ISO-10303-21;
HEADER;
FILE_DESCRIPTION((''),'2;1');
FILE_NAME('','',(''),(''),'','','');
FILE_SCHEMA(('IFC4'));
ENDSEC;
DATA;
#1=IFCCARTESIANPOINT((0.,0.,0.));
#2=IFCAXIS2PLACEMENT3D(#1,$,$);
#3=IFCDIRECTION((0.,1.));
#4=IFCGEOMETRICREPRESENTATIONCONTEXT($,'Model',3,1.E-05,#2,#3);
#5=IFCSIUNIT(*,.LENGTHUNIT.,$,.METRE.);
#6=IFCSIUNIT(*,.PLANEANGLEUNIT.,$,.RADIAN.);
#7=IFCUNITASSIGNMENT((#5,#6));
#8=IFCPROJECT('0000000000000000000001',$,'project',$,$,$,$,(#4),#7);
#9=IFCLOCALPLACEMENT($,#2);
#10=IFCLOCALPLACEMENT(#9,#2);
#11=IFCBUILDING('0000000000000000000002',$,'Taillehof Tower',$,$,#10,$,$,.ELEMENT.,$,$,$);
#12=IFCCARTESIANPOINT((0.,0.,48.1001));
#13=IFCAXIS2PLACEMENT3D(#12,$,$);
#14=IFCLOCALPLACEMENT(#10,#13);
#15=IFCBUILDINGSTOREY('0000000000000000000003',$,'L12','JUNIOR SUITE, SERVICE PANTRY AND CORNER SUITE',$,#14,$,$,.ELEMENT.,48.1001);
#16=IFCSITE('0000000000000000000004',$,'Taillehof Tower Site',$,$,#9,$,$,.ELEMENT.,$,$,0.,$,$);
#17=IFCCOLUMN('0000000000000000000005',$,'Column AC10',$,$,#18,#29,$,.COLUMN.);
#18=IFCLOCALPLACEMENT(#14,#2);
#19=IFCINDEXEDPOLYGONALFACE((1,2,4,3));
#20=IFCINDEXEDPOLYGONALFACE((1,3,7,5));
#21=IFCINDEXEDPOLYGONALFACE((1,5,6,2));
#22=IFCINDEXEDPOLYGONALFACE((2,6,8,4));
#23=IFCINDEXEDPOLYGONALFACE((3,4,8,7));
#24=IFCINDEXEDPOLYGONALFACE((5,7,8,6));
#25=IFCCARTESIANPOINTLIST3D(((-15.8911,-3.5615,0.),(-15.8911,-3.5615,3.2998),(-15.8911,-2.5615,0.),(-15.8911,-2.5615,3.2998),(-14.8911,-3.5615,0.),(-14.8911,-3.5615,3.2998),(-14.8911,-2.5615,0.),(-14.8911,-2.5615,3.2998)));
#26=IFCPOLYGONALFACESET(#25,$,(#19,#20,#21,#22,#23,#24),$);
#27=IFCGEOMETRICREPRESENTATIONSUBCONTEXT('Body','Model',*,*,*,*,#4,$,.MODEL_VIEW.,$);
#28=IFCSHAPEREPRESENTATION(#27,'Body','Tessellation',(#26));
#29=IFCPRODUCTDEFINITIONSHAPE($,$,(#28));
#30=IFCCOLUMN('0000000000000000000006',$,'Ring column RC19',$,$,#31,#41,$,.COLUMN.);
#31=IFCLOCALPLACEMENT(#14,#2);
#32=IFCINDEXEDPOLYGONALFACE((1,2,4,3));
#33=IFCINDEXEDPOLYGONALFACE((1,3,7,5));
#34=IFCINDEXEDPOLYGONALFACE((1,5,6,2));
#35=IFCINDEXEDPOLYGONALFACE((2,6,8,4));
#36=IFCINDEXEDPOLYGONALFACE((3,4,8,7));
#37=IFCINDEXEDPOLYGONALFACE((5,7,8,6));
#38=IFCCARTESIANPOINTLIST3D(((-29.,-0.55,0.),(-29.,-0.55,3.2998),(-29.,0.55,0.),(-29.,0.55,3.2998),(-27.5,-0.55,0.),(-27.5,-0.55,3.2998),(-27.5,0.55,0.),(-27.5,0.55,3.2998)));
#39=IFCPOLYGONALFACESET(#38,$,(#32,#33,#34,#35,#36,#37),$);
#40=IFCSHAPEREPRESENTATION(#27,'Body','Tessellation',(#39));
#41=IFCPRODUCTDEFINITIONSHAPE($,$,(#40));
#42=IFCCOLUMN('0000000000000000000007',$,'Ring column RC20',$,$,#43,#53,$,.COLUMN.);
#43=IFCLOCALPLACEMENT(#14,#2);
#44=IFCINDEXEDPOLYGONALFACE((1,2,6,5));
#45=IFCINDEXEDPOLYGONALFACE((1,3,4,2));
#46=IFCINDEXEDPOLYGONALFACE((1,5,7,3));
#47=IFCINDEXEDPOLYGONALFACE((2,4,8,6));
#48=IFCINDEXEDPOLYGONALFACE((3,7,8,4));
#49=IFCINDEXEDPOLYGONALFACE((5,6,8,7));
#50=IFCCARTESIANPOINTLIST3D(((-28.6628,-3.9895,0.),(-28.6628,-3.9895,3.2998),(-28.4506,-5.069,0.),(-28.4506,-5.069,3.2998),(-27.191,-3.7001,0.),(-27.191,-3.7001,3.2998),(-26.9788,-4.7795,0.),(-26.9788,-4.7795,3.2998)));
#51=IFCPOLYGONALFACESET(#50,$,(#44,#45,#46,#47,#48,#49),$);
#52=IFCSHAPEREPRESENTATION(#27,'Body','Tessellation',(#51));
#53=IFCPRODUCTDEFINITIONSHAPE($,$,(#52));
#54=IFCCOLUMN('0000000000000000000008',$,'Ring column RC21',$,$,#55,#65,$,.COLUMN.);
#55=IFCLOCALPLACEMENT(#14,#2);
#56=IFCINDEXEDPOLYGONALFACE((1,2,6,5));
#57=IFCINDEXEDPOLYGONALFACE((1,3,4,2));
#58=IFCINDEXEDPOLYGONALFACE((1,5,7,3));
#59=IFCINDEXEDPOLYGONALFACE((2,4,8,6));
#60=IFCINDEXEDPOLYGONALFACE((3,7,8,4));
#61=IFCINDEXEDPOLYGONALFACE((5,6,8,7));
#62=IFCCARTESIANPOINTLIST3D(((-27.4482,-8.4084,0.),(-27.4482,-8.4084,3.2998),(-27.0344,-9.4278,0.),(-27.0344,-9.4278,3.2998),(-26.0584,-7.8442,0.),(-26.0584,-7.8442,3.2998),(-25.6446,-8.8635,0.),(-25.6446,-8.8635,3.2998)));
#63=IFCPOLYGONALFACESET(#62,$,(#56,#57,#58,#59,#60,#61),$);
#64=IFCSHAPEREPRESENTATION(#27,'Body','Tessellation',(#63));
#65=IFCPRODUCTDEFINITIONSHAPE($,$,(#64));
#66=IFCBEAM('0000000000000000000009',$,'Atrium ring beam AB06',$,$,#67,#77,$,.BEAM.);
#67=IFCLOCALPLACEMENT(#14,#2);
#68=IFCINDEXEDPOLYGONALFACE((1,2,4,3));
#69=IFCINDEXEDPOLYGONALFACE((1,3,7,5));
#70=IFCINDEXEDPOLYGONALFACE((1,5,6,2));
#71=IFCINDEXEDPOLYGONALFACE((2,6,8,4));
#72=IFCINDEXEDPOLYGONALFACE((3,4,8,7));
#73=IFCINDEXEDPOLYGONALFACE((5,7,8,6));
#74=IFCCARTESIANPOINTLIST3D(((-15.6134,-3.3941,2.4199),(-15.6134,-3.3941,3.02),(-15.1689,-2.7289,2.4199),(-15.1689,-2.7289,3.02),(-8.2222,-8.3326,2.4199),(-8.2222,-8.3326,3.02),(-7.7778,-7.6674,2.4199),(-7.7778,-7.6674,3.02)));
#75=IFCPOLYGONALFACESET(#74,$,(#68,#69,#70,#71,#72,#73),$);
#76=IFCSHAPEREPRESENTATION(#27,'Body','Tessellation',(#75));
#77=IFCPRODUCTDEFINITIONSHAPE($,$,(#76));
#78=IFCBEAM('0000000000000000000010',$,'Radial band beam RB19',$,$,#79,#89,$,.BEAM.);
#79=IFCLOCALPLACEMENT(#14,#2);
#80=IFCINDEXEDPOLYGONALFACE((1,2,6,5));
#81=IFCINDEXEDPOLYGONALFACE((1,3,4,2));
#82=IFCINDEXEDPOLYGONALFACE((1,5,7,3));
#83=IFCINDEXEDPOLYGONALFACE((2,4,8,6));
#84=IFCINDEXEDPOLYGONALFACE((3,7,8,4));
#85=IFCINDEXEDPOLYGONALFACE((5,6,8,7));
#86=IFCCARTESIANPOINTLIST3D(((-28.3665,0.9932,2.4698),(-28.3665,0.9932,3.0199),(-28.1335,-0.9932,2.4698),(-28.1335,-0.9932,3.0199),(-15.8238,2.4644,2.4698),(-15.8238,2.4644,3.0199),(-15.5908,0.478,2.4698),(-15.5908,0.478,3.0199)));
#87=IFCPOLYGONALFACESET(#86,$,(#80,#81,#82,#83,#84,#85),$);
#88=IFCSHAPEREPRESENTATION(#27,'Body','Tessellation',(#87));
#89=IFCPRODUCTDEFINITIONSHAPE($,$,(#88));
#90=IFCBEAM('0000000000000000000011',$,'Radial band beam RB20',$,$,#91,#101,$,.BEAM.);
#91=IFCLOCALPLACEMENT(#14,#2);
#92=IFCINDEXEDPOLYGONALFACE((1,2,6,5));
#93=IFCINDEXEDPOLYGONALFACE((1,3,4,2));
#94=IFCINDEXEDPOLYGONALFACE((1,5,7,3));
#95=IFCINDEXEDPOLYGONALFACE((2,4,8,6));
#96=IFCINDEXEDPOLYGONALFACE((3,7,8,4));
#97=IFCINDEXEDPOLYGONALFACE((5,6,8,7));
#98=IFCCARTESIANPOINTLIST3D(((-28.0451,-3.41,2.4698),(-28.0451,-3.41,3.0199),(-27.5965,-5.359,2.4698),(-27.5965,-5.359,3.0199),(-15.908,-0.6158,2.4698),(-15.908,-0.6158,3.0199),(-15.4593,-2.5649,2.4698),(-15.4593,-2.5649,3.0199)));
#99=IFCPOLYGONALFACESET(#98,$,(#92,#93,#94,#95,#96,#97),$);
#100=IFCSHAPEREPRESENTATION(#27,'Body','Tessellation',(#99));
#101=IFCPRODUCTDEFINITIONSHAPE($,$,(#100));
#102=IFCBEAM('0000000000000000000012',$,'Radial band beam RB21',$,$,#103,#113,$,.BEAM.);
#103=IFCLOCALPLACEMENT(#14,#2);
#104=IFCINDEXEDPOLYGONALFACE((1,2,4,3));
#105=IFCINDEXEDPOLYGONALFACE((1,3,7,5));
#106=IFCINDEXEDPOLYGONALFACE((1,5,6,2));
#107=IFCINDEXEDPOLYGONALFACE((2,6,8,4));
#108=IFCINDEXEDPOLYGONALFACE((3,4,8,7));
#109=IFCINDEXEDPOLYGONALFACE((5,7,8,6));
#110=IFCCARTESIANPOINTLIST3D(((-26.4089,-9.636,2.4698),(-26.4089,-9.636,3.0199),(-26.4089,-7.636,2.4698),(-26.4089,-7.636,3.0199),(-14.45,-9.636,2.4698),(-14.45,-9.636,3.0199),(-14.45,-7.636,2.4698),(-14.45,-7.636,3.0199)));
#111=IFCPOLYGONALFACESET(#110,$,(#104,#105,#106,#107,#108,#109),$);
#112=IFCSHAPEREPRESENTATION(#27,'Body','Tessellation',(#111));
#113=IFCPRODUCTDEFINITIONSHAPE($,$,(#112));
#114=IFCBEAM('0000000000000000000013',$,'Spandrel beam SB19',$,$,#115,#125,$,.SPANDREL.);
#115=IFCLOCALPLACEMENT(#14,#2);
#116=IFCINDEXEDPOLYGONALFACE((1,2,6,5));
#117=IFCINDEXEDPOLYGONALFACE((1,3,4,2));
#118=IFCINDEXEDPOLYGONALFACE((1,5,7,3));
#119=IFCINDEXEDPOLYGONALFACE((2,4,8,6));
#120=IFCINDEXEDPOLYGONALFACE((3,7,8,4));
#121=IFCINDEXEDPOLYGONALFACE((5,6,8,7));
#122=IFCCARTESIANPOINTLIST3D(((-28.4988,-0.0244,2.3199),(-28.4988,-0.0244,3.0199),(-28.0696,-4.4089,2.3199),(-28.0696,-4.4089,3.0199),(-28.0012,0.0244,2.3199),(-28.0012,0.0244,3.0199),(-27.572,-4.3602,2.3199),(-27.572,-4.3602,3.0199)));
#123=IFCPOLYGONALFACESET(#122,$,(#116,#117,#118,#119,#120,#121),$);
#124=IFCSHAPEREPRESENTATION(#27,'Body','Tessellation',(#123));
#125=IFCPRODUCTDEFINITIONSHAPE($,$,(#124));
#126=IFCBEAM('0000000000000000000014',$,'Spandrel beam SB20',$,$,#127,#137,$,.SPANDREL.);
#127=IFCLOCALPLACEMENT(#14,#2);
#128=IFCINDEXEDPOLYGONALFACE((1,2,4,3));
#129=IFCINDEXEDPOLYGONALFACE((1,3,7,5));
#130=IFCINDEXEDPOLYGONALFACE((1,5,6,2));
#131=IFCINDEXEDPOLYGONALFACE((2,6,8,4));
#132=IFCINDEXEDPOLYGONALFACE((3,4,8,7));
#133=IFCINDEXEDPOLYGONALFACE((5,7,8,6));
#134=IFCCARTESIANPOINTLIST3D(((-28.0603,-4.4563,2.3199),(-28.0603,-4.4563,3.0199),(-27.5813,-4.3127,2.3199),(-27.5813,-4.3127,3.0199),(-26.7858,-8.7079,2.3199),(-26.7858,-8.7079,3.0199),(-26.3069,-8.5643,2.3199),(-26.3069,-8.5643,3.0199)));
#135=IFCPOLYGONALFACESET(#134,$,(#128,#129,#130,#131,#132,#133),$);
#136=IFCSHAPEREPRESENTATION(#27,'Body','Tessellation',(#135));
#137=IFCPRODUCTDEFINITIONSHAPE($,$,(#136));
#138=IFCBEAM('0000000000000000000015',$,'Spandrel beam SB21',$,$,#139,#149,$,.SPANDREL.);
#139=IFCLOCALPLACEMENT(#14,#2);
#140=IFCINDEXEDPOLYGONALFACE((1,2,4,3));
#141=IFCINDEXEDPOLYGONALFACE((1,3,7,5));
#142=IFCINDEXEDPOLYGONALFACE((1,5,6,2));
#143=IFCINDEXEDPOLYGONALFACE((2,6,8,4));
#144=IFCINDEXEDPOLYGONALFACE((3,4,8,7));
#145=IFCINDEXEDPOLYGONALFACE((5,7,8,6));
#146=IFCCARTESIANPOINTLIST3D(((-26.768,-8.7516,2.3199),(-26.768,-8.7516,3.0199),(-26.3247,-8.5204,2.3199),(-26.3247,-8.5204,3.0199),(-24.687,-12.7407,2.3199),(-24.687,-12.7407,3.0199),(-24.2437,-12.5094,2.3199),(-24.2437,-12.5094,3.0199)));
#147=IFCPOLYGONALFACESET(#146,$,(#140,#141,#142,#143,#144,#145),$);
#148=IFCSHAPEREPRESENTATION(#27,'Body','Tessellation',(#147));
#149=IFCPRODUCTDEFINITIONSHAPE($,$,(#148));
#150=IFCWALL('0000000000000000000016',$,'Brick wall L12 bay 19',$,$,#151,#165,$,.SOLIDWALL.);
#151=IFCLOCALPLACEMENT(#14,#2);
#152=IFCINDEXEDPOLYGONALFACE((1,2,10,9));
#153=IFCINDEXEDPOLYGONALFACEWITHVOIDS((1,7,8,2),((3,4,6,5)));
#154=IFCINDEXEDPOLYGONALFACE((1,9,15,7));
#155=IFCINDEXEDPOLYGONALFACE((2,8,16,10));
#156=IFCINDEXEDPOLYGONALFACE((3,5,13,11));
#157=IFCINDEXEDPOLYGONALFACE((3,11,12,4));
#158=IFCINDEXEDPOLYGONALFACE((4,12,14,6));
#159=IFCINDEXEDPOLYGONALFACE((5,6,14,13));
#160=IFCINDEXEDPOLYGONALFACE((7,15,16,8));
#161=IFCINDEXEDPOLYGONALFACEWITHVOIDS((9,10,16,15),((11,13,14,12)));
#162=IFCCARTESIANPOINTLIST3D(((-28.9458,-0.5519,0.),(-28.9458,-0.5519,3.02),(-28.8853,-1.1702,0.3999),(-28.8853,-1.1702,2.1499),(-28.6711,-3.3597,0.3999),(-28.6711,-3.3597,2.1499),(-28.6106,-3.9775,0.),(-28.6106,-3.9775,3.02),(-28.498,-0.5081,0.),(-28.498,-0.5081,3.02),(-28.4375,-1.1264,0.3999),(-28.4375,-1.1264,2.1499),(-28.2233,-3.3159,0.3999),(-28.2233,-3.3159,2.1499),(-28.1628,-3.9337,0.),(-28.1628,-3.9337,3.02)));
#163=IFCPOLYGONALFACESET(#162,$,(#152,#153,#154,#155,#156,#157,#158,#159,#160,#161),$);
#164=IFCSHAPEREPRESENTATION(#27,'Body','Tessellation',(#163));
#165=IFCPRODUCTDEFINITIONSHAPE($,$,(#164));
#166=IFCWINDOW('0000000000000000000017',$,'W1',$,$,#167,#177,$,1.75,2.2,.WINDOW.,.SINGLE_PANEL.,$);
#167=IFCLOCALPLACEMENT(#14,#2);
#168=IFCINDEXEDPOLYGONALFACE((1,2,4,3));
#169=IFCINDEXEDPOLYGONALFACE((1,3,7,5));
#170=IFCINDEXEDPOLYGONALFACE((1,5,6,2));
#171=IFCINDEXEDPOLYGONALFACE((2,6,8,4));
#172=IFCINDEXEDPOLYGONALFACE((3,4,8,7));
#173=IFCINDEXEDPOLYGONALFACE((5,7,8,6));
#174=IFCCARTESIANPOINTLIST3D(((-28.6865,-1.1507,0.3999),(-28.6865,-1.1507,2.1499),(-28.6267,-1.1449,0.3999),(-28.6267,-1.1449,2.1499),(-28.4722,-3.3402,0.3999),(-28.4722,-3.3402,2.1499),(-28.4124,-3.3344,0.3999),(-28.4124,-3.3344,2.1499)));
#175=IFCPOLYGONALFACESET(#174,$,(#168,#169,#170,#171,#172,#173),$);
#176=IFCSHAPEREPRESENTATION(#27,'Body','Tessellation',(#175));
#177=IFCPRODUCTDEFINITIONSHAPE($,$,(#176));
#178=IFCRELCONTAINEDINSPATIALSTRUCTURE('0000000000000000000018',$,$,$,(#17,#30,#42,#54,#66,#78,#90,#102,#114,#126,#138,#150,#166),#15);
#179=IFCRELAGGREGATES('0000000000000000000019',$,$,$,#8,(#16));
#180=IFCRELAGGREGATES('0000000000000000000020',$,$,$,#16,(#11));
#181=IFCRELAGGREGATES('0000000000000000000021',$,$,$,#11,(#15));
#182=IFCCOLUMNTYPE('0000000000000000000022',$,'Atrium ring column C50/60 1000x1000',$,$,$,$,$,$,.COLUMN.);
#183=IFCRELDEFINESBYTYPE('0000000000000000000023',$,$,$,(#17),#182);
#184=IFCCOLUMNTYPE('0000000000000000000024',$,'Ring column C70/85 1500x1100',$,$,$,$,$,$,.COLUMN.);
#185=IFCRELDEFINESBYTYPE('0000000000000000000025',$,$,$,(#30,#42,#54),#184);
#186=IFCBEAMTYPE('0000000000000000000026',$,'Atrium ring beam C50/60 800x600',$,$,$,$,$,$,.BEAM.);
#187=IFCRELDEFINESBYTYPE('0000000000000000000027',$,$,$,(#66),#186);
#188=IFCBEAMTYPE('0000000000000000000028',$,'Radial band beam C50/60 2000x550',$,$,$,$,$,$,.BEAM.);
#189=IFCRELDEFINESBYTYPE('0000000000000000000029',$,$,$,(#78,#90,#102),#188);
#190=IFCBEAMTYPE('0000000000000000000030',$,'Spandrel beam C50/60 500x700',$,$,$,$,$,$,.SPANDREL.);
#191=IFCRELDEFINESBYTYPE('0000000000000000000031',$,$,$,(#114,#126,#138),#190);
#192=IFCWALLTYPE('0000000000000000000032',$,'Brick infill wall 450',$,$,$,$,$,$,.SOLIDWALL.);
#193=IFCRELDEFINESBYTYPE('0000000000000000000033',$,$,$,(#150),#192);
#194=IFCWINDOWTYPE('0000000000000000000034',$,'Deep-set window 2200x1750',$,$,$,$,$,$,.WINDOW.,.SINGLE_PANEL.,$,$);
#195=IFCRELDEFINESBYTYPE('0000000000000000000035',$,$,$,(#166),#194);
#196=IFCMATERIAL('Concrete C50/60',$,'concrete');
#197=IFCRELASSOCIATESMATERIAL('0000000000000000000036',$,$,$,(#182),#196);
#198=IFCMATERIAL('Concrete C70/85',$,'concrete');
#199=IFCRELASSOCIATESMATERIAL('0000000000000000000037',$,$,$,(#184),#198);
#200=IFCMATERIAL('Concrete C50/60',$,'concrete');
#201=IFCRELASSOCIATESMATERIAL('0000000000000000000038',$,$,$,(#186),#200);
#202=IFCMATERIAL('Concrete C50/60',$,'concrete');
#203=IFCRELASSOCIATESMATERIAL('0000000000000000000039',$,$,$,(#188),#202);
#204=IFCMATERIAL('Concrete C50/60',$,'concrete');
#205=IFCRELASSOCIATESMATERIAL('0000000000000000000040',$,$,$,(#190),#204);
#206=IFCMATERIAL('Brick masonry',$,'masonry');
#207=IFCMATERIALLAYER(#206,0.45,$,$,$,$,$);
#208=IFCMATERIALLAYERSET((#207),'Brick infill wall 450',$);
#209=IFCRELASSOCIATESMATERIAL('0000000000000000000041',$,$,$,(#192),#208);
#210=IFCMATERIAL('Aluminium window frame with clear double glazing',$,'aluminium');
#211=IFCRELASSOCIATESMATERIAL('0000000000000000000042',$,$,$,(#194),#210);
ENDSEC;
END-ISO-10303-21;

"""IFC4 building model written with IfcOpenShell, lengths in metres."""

from ifc_helpers import new_model, si_unit, direction, frame, frame_2d, origin, origin_2d, place, context, subcontext, project, spatial, rectangle, extrude, material, layer, layer_set, material_profile, profile_set, type_object, element, fill, save


model = new_model("IFC4")

# Units and contexts
model_context = context("Model", 3, precision=1e-05, world=origin(), true_north=direction((0.0, 1.0)))
body_context = subcontext(model_context, "Body", "Model", "MODEL_VIEW")
ifc_project = project(units=[si_unit("LENGTHUNIT", "METRE"), si_unit("PLANEANGLEUNIT", "RADIAN")], contexts=[model_context])

# Site, building, storey
site_placement = place(None, origin())
site = spatial("IfcSite", under=ifc_project, at=site_placement, Name="Taillehof Tower Site", CompositionType="ELEMENT", RefElevation=0.0)
building_placement = place(site_placement, origin())
building = spatial("IfcBuilding", under=site, at=building_placement, Name="Taillehof Tower", CompositionType="ELEMENT")
storey_placement = place(building_placement, frame((0.0, 0.0, 48.1001)))
storey = spatial("IfcBuildingStorey", under=building, at=storey_placement, Name="L12", Description="JUNIOR SUITE, SERVICE PANTRY AND CORNER SUITE", CompositionType="ELEMENT", Elevation=48.1001)

# Columns
ifc_material_1 = material(Name="Concrete C50/60", Category="concrete")
ifc_material_profile_1 = material_profile(ifc_material_1, rectangle(XDim=1.0, YDim=1.0, at=origin_2d()), Name="RC 1000x1000")
ifc_profile_set_1 = profile_set([ifc_material_profile_1], Name="Concrete C50/60")
column_type_1 = type_object("IfcColumnType", Name="Atrium ring column C50/60 1000x1000", PredefinedType="COLUMN", material=ifc_profile_set_1)
column_placement = place(storey_placement, frame((-15.3911, -3.0615, 0.0), z_axis=(0.0, 0.0, 1.0), x_axis=(1.0, 0.0, 0.0)))
element("IfcColumn", 1, at=column_placement, inside=storey, type_object=column_type_1, Name="Column AC10", PredefinedType="COLUMN", context=body_context, shape_type="SweptSolid", body=[
    extrude(rectangle(XDim=1.0, YDim=1.0, at=origin_2d()), origin(), (0.0, 0.0, 1.0), 3.2998),
])
ifc_material_2 = material(Name="Concrete C70/85", Category="concrete")
ifc_material_profile_2 = material_profile(ifc_material_2, rectangle(XDim=1.5, YDim=1.1001, at=origin_2d()), Name="RC 1500x1100")
ifc_profile_set_2 = profile_set([ifc_material_profile_2], Name="Concrete C70/85")
column_type_2 = type_object("IfcColumnType", Name="Ring column C70/85 1500x1100", PredefinedType="COLUMN", material=ifc_profile_set_2)
for number, where, z_axis, x_axis, name in (
    (2, (-28.25, 0.0, 0.0), (0.0, 0.0, 1.0), (-1.0, 0.0, 0.0), "Ring column RC19"),
    (3, (-27.8208, -4.3845, 0.0), (0.0, 0.0, 1.0), (-0.981204, -0.192976, 0.0), "Ring column RC20"),
    (4, (-26.5464, -8.636, 0.0), (0.0, 0.0, 1.0), (-0.926558, -0.376152, 0.0), "Ring column RC21"),
):
    element("IfcColumn", number, at=place(storey_placement, frame(where, z_axis=z_axis, x_axis=x_axis)), inside=storey, type_object=column_type_2, Name=name, PredefinedType="COLUMN", context=body_context, shape_type="SweptSolid", body=[
        extrude(rectangle(XDim=1.5, YDim=1.1001, at=origin_2d()), origin(), (0.0, 0.0, 1.0), 3.2998),
    ])

# Beams
ifc_material_3 = material(Name="Concrete C50/60", Category="concrete")
ifc_material_profile_3 = material_profile(ifc_material_3, rectangle(XDim=0.8, YDim=0.6001, at=origin_2d()), Name="RC 800x600")
ifc_profile_set_3 = profile_set([ifc_material_profile_3], Name="Concrete C50/60")
beam_type_1 = type_object("IfcBeamType", Name="Atrium ring beam C50/60 800x600", PredefinedType="BEAM", material=ifc_profile_set_3)
beam_1_placement = place(storey_placement, frame((-15.3911, -3.0615, 2.72), z_axis=(0.831475, -0.555562, 0.0), x_axis=(0.555562, 0.831475, 0.0)))
element("IfcBeam", 5, at=beam_1_placement, inside=storey, type_object=beam_type_1, Name="Atrium ring beam AB06", PredefinedType="BEAM", context=body_context, shape_type="SweptSolid", body=[
    extrude(rectangle(XDim=0.8, YDim=0.6001, at=origin_2d()), origin(), (0.0, 0.0, 1.0), 8.8892),
])
ifc_material_4 = material(Name="Concrete C50/60", Category="concrete")
ifc_material_profile_4 = material_profile(ifc_material_4, rectangle(XDim=2.0, YDim=0.55, at=origin_2d()), Name="RC 2000x550")
ifc_profile_set_4 = profile_set([ifc_material_profile_4], Name="Concrete C50/60")
beam_type_2 = type_object("IfcBeamType", Name="Radial band beam C50/60 2000x550", PredefinedType="BEAM", material=ifc_profile_set_4)
beam_2_placement = place(storey_placement, frame((-28.25, 0.0, 2.7449), z_axis=(0.993191, 0.116496, 0.0), x_axis=(-0.116496, 0.993191, 0.0)))
element("IfcBeam", 6, at=beam_2_placement, inside=storey, type_object=beam_type_2, Name="Radial band beam RB19", PredefinedType="BEAM", context=body_context, shape_type="SweptSolid", body=[
    extrude(rectangle(XDim=2.0, YDim=0.55, at=origin_2d()), origin(), (0.0, 0.0, 1.0), 12.6287),
])
beam_3_placement = place(storey_placement, frame((-27.8208, -4.3845, 2.7449), z_axis=(0.974509, 0.224348, 0.0), x_axis=(-0.224348, 0.974509, 0.0)))
element("IfcBeam", 7, at=beam_3_placement, inside=storey, type_object=beam_type_2, Name="Radial band beam RB20", PredefinedType="BEAM", context=body_context, shape_type="SweptSolid", body=[
    extrude(rectangle(XDim=2.0, YDim=0.55, at=origin_2d()), origin(), (0.0, 0.0, 1.0), 12.4546),
])
beam_4_placement = place(storey_placement, frame((-26.4089, -8.636, 2.7449), z_axis=(1.0, 0.0, 0.0), x_axis=(0.0, 1.0, 0.0)))
element("IfcBeam", 8, at=beam_4_placement, inside=storey, type_object=beam_type_2, Name="Radial band beam RB21", PredefinedType="BEAM", context=body_context, shape_type="SweptSolid", body=[
    extrude(rectangle(XDim=2.0, YDim=0.55, at=origin_2d()), origin(), (0.0, 0.0, 1.0), 11.959),
])
ifc_material_5 = material(Name="Concrete C50/60", Category="concrete")
ifc_material_profile_5 = material_profile(ifc_material_5, rectangle(XDim=0.5, YDim=0.7, at=origin_2d()), Name="RC 500x700")
ifc_profile_set_5 = profile_set([ifc_material_profile_5], Name="Concrete C50/60")
beam_type_3 = type_object("IfcBeamType", Name="Spandrel beam C50/60 500x700", PredefinedType="SPANDREL", material=ifc_profile_set_5)
beam_5_placement = place(storey_placement, frame((-28.25, 0.0, 2.6699), z_axis=(0.097424, -0.995243, 0.0), x_axis=(0.995243, 0.097424, 0.0)))
element("IfcBeam", 9, at=beam_5_placement, inside=storey, type_object=beam_type_3, Name="Spandrel beam SB19", PredefinedType="SPANDREL", context=body_context, shape_type="SweptSolid", body=[
    extrude(rectangle(XDim=0.5, YDim=0.7, at=origin_2d()), origin(), (0.0, 0.0, 1.0), 4.4055),
])
beam_6_placement = place(storey_placement, frame((-27.8208, -4.3845, 2.6699), z_axis=(0.287136, -0.95789, 0.0), x_axis=(0.95789, 0.287136, 0.0)))
element("IfcBeam", 10, at=beam_6_placement, inside=storey, type_object=beam_type_3, Name="Spandrel beam SB20", PredefinedType="SPANDREL", context=body_context, shape_type="SweptSolid", body=[
    extrude(rectangle(XDim=0.5, YDim=0.7, at=origin_2d()), origin(), (0.0, 0.0, 1.0), 4.4385),
])
beam_7_placement = place(storey_placement, frame((-26.5464, -8.636, 2.6699), z_axis=(0.462536, -0.8866, 0.0), x_axis=(0.8866, 0.462536, 0.0)))
element("IfcBeam", 11, at=beam_7_placement, inside=storey, type_object=beam_type_3, Name="Spandrel beam SB21", PredefinedType="SPANDREL", context=body_context, shape_type="SweptSolid", body=[
    extrude(rectangle(XDim=0.5, YDim=0.7, at=origin_2d()), origin(), (0.0, 0.0, 1.0), 4.4993),
])

# Wall, opening, window
ifc_material_6 = material(Name="Brick masonry", Category="masonry")
ifc_layer_1 = layer(ifc_material_6, 0.45)
ifc_layer_set_1 = layer_set([ifc_layer_1], Name="Brick infill wall 450")
wall_type_1 = type_object("IfcWallType", Name="Brick infill wall 450", PredefinedType="SOLIDWALL", material=ifc_layer_set_1)
wall_1_placement = place(storey_placement, frame((-28.7219, -0.53, 0.0), z_axis=(0.0, 0.0, 1.0), x_axis=(0.09739, -0.995246, 0.0)))
wall_1 = element("IfcWall", 12, at=wall_1_placement, inside=storey, type_object=wall_type_1, Name="Brick wall L12 bay 19", PredefinedType="SOLIDWALL", context=body_context, shape_type="SweptSolid", body=[
    extrude(rectangle(XDim=3.4419, YDim=0.45, at=frame_2d((1.7209, 0.0))), origin(), (0.0, 0.0, 1.0), 3.02),
])
opening_1_placement = place(wall_1_placement, frame((0.6211, 0.0, 0.3999)))
opening_1 = element("IfcOpeningElement", 13, at=opening_1_placement, cuts=wall_1, PredefinedType="OPENING", context=body_context, shape_type="SweptSolid", body=[
    extrude(rectangle(XDim=2.2, YDim=1.75, at=frame_2d((1.1001, 0.875))), frame((0.0, 0.2349, 0.0), z_axis=(0.0, -1.0, 0.0), x_axis=(1.0, 0.0, 0.0)), (0.0, 0.0, 1.0), 0.47),
])
ifc_material_7 = material(Name="Aluminium window frame with clear double glazing", Category="aluminium")
window_type = type_object("IfcWindowType", Name="Deep-set window 2200x1750", PartitioningType="SINGLE_PANEL", PredefinedType="WINDOW", material=ifc_material_7)
window_1_placement = place(opening_1_placement, origin())
window_1 = element("IfcWindow", 14, at=window_1_placement, inside=storey, type_object=window_type, Name="W1", OverallHeight=1.75, OverallWidth=2.2, PartitioningType="SINGLE_PANEL", PredefinedType="WINDOW", context=body_context, shape_type="SweptSolid", body=[
    extrude(rectangle(XDim=2.2, YDim=1.75, at=frame_2d((1.1001, 0.875))), frame((0.0, 0.0349, 0.0), z_axis=(0.0, -1.0, 0.0), x_axis=(1.0, 0.0, 0.0)), (0.0, 0.0, 1.0), 0.0601),
])
fill(opening_1, window_1)

save(model, "model.ifc")
